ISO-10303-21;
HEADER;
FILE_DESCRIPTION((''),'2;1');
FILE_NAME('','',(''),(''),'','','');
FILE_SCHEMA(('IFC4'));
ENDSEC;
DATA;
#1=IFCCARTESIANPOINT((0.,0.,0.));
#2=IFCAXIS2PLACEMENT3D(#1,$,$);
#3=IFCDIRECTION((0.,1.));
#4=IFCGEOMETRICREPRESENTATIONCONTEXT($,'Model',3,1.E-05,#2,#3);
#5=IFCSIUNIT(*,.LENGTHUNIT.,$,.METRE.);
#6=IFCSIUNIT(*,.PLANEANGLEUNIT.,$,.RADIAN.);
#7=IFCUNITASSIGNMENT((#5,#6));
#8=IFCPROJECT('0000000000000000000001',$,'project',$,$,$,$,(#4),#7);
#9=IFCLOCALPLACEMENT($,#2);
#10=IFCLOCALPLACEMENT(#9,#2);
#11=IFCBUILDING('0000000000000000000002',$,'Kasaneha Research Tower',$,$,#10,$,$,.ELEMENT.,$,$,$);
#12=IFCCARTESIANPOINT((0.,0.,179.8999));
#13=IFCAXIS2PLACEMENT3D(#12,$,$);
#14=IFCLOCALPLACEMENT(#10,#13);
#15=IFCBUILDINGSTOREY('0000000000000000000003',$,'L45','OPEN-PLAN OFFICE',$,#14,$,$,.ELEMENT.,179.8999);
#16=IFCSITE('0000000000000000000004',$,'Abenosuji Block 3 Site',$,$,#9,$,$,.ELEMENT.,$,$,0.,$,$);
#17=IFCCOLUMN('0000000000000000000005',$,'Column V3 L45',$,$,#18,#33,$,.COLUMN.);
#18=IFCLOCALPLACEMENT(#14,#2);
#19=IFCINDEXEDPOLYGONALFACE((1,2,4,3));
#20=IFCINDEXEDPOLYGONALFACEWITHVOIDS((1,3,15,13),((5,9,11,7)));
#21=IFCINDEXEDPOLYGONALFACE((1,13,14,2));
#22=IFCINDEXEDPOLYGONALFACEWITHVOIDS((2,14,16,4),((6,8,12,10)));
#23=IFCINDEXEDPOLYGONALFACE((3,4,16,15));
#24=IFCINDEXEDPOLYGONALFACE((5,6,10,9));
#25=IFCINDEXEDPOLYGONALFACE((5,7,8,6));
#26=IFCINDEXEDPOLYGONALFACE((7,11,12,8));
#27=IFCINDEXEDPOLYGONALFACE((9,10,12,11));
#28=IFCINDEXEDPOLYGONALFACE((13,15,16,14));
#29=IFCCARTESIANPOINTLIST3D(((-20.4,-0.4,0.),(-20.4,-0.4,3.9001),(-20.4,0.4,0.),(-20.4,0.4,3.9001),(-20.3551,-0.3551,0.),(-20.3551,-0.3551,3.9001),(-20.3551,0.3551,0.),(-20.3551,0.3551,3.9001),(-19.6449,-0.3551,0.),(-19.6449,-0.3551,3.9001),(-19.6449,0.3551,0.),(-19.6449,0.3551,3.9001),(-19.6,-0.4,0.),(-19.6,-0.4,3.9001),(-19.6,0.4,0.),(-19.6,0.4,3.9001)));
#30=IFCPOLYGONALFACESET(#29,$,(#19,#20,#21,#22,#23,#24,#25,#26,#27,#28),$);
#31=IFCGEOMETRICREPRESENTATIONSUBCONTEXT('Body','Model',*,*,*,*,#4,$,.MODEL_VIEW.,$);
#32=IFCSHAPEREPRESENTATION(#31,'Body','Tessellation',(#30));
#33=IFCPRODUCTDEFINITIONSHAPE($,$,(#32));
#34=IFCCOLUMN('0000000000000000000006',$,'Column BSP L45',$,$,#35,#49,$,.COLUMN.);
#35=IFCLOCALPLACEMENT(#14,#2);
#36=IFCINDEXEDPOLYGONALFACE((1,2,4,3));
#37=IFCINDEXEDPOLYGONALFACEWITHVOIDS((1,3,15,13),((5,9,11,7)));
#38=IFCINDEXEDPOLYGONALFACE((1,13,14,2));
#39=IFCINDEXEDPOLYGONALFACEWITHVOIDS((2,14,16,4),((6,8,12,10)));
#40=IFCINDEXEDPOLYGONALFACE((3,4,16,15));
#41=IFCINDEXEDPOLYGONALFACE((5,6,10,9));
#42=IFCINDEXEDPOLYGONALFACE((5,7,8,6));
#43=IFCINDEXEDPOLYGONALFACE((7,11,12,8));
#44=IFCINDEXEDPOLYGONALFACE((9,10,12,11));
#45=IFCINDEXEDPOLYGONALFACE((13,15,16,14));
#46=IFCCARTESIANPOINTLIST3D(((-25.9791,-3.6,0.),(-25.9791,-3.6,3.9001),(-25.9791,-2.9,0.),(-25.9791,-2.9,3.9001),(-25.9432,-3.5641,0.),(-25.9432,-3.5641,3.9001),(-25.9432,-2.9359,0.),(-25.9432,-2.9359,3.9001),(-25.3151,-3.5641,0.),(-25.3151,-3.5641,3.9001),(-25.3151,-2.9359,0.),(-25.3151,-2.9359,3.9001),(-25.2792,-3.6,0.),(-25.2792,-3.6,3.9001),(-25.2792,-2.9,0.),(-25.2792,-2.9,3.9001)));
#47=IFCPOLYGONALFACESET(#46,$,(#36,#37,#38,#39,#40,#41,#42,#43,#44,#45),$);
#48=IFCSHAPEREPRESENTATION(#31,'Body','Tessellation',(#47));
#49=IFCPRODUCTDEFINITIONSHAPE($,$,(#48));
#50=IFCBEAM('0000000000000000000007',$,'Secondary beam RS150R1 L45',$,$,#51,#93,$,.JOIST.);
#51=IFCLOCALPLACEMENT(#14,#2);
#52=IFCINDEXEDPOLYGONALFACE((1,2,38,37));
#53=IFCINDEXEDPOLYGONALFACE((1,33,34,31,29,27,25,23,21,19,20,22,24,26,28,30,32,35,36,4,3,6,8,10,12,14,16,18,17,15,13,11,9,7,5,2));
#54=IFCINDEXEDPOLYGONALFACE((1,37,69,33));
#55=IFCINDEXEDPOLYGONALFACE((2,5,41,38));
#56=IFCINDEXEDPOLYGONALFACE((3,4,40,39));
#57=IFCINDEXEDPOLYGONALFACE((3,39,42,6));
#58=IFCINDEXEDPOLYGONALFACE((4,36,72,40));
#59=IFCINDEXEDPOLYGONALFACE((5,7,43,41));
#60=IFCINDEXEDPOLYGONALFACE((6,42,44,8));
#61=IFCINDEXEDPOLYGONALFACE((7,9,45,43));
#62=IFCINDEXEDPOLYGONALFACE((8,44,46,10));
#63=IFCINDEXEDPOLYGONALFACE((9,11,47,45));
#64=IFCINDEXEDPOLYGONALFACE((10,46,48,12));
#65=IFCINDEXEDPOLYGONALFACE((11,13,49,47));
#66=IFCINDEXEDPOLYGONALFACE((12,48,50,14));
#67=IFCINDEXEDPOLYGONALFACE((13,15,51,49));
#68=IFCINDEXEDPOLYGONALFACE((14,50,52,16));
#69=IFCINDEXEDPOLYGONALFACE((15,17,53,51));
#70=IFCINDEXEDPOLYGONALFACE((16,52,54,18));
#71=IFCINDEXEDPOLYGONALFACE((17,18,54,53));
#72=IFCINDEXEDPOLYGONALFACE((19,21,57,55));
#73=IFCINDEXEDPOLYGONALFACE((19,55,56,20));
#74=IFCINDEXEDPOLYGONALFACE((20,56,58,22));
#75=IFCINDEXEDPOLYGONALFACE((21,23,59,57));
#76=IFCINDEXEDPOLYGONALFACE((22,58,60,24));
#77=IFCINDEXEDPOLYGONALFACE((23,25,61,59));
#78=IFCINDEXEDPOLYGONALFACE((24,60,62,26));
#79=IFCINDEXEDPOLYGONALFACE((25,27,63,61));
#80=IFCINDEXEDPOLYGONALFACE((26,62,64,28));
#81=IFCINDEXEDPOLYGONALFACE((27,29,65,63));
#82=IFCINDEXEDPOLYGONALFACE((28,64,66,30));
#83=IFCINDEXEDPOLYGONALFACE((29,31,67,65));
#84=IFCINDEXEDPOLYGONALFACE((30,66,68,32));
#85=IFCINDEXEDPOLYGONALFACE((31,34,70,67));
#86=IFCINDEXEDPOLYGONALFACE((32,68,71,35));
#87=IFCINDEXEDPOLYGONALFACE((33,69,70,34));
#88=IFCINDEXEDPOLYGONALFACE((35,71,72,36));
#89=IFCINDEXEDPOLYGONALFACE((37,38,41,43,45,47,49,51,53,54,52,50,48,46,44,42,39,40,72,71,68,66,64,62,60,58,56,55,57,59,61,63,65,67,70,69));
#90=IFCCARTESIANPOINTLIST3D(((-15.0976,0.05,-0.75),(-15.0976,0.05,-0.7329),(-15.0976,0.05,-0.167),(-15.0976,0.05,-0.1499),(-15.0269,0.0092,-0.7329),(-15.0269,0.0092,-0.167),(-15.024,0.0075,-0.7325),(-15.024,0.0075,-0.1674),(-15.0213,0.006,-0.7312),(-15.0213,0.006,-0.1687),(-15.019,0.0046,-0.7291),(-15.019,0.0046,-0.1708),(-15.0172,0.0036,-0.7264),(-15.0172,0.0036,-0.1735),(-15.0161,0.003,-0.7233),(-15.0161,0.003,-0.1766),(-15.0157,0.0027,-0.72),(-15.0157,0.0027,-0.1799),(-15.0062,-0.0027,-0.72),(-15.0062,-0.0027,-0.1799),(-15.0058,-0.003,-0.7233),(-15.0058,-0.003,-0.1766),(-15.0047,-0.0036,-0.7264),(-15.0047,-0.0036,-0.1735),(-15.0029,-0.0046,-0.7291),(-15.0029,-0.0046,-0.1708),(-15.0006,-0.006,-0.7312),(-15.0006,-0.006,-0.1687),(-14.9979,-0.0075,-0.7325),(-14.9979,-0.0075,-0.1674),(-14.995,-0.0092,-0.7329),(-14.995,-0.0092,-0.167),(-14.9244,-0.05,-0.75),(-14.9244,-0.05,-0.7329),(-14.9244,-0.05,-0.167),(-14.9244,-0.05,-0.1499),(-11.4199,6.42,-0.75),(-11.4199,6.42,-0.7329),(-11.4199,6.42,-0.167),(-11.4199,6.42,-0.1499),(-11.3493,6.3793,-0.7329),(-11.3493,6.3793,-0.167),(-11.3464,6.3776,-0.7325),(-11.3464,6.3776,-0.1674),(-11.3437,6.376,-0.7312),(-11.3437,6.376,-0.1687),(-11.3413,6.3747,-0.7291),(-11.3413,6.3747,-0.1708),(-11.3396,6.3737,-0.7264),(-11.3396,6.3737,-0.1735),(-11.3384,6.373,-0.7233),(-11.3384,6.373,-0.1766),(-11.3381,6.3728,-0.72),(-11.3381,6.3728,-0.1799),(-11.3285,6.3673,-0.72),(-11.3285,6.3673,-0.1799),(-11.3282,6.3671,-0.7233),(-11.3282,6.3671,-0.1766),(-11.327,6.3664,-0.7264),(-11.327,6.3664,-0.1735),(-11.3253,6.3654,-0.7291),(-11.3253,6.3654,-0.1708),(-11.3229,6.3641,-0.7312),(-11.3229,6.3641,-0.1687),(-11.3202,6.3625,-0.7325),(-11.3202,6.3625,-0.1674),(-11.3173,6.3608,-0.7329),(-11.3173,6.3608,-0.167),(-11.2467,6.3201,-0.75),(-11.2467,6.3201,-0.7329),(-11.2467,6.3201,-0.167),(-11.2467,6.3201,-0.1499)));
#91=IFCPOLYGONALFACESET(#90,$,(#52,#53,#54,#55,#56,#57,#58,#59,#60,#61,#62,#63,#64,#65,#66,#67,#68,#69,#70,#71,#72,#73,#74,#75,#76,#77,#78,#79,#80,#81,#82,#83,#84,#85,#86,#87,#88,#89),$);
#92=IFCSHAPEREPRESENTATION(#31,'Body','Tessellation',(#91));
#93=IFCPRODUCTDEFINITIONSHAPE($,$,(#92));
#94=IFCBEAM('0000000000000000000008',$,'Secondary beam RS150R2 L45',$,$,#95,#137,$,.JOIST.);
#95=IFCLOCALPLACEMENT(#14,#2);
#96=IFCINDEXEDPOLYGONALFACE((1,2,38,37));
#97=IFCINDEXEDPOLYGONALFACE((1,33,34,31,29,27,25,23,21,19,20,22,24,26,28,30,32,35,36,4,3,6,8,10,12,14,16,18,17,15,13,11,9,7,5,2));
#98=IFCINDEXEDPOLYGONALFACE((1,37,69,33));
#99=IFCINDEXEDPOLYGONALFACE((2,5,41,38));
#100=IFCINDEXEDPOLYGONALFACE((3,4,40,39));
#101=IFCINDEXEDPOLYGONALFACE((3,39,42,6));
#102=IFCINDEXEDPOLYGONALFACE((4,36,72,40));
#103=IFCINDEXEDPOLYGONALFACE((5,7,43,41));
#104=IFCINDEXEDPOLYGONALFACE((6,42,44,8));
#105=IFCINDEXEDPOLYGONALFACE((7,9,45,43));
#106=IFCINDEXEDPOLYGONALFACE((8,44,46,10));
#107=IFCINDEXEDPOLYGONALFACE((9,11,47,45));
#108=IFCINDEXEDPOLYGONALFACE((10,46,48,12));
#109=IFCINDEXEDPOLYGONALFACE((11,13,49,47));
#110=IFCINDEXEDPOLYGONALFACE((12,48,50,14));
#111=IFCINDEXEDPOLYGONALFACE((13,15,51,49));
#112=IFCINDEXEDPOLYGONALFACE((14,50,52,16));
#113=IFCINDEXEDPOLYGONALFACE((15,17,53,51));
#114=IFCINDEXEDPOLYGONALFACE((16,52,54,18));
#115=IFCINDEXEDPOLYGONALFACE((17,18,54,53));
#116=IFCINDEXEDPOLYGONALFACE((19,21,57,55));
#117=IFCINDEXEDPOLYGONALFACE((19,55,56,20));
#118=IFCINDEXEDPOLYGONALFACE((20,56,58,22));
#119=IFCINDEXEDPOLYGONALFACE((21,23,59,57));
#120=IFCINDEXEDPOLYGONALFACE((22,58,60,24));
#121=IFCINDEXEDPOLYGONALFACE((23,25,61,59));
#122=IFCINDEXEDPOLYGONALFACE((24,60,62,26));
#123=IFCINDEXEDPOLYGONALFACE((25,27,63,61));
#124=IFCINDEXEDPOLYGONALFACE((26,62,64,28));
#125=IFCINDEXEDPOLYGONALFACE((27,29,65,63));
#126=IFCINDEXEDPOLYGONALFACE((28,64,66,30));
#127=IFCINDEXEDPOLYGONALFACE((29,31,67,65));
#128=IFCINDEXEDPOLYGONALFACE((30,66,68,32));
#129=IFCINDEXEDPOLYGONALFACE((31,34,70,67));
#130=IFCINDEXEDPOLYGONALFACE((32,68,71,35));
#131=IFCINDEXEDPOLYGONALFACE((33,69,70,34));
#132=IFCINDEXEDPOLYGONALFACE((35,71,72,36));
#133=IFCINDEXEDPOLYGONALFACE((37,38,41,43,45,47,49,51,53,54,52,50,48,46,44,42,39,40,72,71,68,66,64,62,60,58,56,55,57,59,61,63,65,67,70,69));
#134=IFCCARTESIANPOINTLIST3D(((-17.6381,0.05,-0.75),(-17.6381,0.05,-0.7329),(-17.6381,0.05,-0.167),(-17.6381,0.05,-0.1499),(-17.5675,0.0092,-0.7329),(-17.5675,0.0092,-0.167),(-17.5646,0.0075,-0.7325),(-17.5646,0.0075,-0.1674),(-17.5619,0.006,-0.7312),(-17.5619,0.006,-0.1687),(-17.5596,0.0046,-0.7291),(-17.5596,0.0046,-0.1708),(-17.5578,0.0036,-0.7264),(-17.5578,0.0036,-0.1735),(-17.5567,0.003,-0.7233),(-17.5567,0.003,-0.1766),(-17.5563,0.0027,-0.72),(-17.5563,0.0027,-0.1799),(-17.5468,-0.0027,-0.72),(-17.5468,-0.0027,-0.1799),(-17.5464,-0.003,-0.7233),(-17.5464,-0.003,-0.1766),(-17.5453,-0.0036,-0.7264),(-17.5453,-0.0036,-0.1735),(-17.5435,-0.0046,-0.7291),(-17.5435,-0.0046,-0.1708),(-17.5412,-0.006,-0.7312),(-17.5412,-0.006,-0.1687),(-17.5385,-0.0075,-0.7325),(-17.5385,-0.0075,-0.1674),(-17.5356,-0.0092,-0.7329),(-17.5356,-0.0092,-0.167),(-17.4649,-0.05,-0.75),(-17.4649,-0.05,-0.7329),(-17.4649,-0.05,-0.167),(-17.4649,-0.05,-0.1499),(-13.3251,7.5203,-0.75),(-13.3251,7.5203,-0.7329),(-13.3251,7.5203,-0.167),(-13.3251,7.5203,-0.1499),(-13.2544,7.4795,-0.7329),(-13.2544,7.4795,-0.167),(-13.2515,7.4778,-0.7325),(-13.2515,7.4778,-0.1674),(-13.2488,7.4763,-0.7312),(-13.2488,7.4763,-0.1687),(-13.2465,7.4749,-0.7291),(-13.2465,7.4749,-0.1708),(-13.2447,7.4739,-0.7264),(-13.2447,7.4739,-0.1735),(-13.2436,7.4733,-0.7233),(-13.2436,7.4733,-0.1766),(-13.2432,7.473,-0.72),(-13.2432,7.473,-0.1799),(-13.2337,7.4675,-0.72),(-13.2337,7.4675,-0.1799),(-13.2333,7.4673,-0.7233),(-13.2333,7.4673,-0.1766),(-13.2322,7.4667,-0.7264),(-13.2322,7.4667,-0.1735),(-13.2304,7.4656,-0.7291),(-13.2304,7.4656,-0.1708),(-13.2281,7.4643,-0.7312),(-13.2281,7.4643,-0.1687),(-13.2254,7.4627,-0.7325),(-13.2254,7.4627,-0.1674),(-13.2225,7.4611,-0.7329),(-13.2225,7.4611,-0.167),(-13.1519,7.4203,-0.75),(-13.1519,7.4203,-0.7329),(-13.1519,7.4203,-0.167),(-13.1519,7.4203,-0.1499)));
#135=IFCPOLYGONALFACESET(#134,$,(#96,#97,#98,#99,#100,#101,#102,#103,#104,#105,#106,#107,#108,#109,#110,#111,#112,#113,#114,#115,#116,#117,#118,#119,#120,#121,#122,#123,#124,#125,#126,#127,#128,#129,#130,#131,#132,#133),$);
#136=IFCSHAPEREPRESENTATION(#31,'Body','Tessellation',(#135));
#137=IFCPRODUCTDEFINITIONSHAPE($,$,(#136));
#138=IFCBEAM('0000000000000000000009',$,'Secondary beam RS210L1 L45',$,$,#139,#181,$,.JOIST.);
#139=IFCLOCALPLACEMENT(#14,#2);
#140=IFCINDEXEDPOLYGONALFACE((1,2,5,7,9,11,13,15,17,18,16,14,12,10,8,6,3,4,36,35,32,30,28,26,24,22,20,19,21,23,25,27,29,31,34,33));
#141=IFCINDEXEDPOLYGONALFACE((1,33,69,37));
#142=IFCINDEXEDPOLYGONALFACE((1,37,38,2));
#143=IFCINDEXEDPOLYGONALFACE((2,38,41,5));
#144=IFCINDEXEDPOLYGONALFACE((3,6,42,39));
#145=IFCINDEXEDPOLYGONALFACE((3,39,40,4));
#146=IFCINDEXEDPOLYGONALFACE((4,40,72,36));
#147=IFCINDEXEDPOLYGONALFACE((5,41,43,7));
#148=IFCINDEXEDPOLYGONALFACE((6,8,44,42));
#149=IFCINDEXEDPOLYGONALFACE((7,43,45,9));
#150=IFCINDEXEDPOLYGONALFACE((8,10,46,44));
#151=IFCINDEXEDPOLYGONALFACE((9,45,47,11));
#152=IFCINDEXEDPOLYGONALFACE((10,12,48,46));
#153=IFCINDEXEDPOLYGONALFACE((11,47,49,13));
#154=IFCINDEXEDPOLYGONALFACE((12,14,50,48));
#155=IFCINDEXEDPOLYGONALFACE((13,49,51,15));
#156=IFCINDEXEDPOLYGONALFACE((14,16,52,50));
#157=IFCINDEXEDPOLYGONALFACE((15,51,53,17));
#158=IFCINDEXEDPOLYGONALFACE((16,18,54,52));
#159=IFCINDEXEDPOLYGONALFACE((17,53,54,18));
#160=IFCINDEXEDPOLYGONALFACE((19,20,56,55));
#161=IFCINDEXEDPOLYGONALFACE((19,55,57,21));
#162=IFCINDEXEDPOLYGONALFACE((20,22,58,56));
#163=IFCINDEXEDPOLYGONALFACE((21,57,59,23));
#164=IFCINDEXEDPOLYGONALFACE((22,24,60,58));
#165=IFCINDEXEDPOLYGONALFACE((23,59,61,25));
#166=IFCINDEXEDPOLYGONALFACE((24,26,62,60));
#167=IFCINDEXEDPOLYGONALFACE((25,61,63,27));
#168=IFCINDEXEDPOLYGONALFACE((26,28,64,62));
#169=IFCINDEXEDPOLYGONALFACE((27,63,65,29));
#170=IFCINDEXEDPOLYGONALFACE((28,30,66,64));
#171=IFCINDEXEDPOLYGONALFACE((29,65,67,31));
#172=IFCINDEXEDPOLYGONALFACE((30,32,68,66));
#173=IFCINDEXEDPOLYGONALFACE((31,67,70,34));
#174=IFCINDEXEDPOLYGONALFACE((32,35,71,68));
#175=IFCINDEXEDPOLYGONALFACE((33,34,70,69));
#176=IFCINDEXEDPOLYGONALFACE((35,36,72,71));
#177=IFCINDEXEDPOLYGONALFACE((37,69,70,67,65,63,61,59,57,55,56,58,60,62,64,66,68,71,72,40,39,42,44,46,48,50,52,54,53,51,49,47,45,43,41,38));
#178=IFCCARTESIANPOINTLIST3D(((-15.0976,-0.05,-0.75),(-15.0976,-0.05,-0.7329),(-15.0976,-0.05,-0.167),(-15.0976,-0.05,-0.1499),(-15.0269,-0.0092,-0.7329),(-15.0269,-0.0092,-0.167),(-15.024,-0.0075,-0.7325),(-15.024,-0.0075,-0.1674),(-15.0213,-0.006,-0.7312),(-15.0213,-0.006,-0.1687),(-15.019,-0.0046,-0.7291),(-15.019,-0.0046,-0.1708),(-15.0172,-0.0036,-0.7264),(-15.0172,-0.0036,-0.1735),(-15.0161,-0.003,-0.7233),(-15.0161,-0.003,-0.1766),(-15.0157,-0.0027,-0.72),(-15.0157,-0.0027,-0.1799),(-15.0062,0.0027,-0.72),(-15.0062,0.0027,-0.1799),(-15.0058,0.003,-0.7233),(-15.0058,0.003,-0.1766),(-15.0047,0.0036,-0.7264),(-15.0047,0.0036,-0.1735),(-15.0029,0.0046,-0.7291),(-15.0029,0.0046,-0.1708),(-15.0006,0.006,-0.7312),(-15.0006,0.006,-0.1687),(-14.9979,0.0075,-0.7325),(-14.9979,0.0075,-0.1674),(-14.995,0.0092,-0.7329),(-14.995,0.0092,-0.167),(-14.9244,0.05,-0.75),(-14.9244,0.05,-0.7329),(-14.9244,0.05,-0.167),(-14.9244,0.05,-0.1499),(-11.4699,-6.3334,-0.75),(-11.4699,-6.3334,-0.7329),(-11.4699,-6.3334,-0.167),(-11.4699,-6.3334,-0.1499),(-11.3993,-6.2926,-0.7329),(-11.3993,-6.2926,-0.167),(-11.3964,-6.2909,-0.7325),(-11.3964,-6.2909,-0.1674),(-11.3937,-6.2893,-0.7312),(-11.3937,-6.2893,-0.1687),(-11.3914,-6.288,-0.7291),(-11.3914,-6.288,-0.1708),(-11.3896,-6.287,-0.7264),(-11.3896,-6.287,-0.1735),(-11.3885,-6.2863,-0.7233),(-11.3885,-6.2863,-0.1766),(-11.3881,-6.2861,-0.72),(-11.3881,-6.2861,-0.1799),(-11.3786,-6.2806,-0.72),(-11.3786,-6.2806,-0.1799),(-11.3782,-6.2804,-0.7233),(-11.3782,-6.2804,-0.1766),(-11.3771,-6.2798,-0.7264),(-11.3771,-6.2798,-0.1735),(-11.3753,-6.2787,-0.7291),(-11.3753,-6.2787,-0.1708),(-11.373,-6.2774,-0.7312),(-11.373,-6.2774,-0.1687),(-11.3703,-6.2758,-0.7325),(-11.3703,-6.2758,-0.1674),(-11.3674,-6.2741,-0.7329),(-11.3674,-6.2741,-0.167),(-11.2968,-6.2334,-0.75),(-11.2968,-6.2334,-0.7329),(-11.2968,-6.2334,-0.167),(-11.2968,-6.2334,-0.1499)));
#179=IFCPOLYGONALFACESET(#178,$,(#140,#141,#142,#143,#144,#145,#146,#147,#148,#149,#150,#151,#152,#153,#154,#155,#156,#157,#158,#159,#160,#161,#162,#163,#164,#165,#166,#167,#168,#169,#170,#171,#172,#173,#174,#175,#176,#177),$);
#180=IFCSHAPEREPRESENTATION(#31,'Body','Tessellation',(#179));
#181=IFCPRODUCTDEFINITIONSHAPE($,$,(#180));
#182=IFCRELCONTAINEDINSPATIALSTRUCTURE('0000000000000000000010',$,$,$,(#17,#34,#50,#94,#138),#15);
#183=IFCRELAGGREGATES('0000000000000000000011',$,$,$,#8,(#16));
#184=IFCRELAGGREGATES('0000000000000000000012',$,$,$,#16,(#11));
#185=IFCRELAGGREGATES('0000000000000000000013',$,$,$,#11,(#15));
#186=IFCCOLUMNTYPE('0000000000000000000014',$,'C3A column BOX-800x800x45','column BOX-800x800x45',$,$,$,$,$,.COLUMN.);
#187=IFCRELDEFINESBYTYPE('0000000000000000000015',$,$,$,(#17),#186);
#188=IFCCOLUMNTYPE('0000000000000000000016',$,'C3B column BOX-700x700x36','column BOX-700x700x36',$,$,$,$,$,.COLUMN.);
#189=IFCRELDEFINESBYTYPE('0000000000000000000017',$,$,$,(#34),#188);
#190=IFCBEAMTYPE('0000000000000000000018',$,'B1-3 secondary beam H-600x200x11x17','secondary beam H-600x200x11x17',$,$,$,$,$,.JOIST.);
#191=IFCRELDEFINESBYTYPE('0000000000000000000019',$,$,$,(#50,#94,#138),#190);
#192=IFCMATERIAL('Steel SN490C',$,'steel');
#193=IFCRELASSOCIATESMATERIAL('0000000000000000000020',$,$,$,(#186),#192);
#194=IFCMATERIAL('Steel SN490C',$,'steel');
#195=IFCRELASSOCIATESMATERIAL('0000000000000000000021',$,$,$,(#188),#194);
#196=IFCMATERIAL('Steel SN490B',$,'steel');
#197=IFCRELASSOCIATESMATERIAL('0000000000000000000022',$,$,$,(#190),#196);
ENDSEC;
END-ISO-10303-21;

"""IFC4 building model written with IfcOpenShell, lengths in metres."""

from ifc_helpers import new_model, si_unit, direction, frame, origin, origin_2d, place, context, subcontext, project, spatial, hollow_rectangle, i_section, extrude, material, material_profile, profile_set, type_object, element, save


model = new_model("IFC4")

# Units and contexts
model_context = context("Model", 3, precision=1e-05, world=origin(), true_north=direction((0.0, 1.0)))
body_context = subcontext(model_context, "Body", "Model", "MODEL_VIEW")
ifc_project = project(units=[si_unit("LENGTHUNIT", "METRE"), si_unit("PLANEANGLEUNIT", "RADIAN")], contexts=[model_context])

# Site, building, storey
site_placement = place(None, origin())
site = spatial("IfcSite", under=ifc_project, at=site_placement, Name="Abenosuji Block 3 Site", CompositionType="ELEMENT", RefElevation=0.0)
building_placement = place(site_placement, origin())
building = spatial("IfcBuilding", under=site, at=building_placement, Name="Kasaneha Research Tower", CompositionType="ELEMENT")
storey_placement = place(building_placement, frame((0.0, 0.0, 179.8999)))
storey = spatial("IfcBuildingStorey", under=building, at=storey_placement, Name="L45", Description="OPEN-PLAN OFFICE", CompositionType="ELEMENT", Elevation=179.8999)

# Columns
ifc_material_1 = material(Name="Steel SN490C", Category="steel")
ifc_material_profile_1 = material_profile(ifc_material_1, hollow_rectangle(XDim=0.8, YDim=0.8, WallThickness=0.0449, at=origin_2d()), Name="BOX-800x800x45")
ifc_profile_set_1 = profile_set([ifc_material_profile_1], Name="Steel SN490C")
column_type_1 = type_object("IfcColumnType", Name="C3A column BOX-800x800x45", Description="column BOX-800x800x45", PredefinedType="COLUMN", material=ifc_profile_set_1)
column_1_placement = place(storey_placement, frame((-20.0, 0.0, 0.0), z_axis=(0.0, 0.0, 1.0), x_axis=(1.0, 0.0, 0.0)))
element("IfcColumn", 1, at=column_1_placement, inside=storey, type_object=column_type_1, Name="Column V3 L45", PredefinedType="COLUMN", context=body_context, shape_type="SweptSolid", body=[
    extrude(hollow_rectangle(XDim=0.8, YDim=0.8, WallThickness=0.0449, at=origin_2d()), origin(), (0.0, 0.0, 1.0), 3.9001),
])
ifc_material_2 = material(Name="Steel SN490C", Category="steel")
ifc_material_profile_2 = material_profile(ifc_material_2, hollow_rectangle(XDim=0.7, YDim=0.7, WallThickness=0.0359, at=origin_2d()), Name="BOX-700x700x36")
ifc_profile_set_2 = profile_set([ifc_material_profile_2], Name="Steel SN490C")
column_type_2 = type_object("IfcColumnType", Name="C3B column BOX-700x700x36", Description="column BOX-700x700x36", PredefinedType="COLUMN", material=ifc_profile_set_2)
column_2_placement = place(storey_placement, frame((-25.6292, -3.25, 0.0), z_axis=(0.0, 0.0, 1.0), x_axis=(1.0, 0.0, 0.0)))
element("IfcColumn", 2, at=column_2_placement, inside=storey, type_object=column_type_2, Name="Column BSP L45", PredefinedType="COLUMN", context=body_context, shape_type="SweptSolid", body=[
    extrude(hollow_rectangle(XDim=0.7, YDim=0.7, WallThickness=0.0359, at=origin_2d()), origin(), (0.0, 0.0, 1.0), 3.9001),
])

# Beams
ifc_material_3 = material(Name="Steel SN490B", Category="steel")
ifc_material_profile_3 = material_profile(ifc_material_3, i_section(OverallWidth=0.2, OverallDepth=0.6001, WebThickness=0.011, FlangeThickness=0.0171, FilletRadius=0.0129, at=origin_2d()), Name="H-600x200x11x17")
ifc_profile_set_3 = profile_set([ifc_material_profile_3], Name="Steel SN490B")
beam_type_1 = type_object("IfcBeamType", Name="B1-3 secondary beam H-600x200x11x17", Description="secondary beam H-600x200x11x17", PredefinedType="JOIST", material=ifc_profile_set_3)
beam_1_placement = place(storey_placement, frame((-15.011, 0.0, -0.45), z_axis=(0.499994, 0.866029, 0.0), x_axis=(-0.866029, 0.499994, 0.0)))
element("IfcBeam", 3, at=beam_1_placement, inside=storey, type_object=beam_type_1, Name="Secondary beam RS150R1 L45", PredefinedType="JOIST", context=body_context, shape_type="SweptSolid", body=[
    extrude(i_section(OverallWidth=0.2, OverallDepth=0.6001, WebThickness=0.011, FlangeThickness=0.0171, FilletRadius=0.0129, at=origin_2d()), origin(), (0.0, 0.0, 1.0), 7.3555),
])
beam_2_placement = place(storey_placement, frame((-17.5515, 0.0, -0.45), z_axis=(0.500005, 0.866023, 0.0), x_axis=(-0.866023, 0.500005, 0.0)))
element("IfcBeam", 4, at=beam_2_placement, inside=storey, type_object=beam_type_1, Name="Secondary beam RS150R2 L45", PredefinedType="JOIST", context=body_context, shape_type="SweptSolid", body=[
    extrude(i_section(OverallWidth=0.2, OverallDepth=0.6001, WebThickness=0.011, FlangeThickness=0.0171, FilletRadius=0.0129, at=origin_2d()), origin(), (0.0, 0.0, 1.0), 8.626),
])
beam_3_placement = place(storey_placement, frame((-15.011, 0.0, -0.45), z_axis=(0.499993, -0.866029, 0.0), x_axis=(0.866029, 0.499993, 0.0)))
element("IfcBeam", 5, at=beam_3_placement, inside=storey, type_object=beam_type_1, Name="Secondary beam RS210L1 L45", PredefinedType="JOIST", context=body_context, shape_type="SweptSolid", body=[
    extrude(i_section(OverallWidth=0.2, OverallDepth=0.6001, WebThickness=0.011, FlangeThickness=0.0171, FilletRadius=0.0129, at=origin_2d()), origin(), (0.0, 0.0, 1.0), 7.2554),
])

save(model, "model.ifc")
